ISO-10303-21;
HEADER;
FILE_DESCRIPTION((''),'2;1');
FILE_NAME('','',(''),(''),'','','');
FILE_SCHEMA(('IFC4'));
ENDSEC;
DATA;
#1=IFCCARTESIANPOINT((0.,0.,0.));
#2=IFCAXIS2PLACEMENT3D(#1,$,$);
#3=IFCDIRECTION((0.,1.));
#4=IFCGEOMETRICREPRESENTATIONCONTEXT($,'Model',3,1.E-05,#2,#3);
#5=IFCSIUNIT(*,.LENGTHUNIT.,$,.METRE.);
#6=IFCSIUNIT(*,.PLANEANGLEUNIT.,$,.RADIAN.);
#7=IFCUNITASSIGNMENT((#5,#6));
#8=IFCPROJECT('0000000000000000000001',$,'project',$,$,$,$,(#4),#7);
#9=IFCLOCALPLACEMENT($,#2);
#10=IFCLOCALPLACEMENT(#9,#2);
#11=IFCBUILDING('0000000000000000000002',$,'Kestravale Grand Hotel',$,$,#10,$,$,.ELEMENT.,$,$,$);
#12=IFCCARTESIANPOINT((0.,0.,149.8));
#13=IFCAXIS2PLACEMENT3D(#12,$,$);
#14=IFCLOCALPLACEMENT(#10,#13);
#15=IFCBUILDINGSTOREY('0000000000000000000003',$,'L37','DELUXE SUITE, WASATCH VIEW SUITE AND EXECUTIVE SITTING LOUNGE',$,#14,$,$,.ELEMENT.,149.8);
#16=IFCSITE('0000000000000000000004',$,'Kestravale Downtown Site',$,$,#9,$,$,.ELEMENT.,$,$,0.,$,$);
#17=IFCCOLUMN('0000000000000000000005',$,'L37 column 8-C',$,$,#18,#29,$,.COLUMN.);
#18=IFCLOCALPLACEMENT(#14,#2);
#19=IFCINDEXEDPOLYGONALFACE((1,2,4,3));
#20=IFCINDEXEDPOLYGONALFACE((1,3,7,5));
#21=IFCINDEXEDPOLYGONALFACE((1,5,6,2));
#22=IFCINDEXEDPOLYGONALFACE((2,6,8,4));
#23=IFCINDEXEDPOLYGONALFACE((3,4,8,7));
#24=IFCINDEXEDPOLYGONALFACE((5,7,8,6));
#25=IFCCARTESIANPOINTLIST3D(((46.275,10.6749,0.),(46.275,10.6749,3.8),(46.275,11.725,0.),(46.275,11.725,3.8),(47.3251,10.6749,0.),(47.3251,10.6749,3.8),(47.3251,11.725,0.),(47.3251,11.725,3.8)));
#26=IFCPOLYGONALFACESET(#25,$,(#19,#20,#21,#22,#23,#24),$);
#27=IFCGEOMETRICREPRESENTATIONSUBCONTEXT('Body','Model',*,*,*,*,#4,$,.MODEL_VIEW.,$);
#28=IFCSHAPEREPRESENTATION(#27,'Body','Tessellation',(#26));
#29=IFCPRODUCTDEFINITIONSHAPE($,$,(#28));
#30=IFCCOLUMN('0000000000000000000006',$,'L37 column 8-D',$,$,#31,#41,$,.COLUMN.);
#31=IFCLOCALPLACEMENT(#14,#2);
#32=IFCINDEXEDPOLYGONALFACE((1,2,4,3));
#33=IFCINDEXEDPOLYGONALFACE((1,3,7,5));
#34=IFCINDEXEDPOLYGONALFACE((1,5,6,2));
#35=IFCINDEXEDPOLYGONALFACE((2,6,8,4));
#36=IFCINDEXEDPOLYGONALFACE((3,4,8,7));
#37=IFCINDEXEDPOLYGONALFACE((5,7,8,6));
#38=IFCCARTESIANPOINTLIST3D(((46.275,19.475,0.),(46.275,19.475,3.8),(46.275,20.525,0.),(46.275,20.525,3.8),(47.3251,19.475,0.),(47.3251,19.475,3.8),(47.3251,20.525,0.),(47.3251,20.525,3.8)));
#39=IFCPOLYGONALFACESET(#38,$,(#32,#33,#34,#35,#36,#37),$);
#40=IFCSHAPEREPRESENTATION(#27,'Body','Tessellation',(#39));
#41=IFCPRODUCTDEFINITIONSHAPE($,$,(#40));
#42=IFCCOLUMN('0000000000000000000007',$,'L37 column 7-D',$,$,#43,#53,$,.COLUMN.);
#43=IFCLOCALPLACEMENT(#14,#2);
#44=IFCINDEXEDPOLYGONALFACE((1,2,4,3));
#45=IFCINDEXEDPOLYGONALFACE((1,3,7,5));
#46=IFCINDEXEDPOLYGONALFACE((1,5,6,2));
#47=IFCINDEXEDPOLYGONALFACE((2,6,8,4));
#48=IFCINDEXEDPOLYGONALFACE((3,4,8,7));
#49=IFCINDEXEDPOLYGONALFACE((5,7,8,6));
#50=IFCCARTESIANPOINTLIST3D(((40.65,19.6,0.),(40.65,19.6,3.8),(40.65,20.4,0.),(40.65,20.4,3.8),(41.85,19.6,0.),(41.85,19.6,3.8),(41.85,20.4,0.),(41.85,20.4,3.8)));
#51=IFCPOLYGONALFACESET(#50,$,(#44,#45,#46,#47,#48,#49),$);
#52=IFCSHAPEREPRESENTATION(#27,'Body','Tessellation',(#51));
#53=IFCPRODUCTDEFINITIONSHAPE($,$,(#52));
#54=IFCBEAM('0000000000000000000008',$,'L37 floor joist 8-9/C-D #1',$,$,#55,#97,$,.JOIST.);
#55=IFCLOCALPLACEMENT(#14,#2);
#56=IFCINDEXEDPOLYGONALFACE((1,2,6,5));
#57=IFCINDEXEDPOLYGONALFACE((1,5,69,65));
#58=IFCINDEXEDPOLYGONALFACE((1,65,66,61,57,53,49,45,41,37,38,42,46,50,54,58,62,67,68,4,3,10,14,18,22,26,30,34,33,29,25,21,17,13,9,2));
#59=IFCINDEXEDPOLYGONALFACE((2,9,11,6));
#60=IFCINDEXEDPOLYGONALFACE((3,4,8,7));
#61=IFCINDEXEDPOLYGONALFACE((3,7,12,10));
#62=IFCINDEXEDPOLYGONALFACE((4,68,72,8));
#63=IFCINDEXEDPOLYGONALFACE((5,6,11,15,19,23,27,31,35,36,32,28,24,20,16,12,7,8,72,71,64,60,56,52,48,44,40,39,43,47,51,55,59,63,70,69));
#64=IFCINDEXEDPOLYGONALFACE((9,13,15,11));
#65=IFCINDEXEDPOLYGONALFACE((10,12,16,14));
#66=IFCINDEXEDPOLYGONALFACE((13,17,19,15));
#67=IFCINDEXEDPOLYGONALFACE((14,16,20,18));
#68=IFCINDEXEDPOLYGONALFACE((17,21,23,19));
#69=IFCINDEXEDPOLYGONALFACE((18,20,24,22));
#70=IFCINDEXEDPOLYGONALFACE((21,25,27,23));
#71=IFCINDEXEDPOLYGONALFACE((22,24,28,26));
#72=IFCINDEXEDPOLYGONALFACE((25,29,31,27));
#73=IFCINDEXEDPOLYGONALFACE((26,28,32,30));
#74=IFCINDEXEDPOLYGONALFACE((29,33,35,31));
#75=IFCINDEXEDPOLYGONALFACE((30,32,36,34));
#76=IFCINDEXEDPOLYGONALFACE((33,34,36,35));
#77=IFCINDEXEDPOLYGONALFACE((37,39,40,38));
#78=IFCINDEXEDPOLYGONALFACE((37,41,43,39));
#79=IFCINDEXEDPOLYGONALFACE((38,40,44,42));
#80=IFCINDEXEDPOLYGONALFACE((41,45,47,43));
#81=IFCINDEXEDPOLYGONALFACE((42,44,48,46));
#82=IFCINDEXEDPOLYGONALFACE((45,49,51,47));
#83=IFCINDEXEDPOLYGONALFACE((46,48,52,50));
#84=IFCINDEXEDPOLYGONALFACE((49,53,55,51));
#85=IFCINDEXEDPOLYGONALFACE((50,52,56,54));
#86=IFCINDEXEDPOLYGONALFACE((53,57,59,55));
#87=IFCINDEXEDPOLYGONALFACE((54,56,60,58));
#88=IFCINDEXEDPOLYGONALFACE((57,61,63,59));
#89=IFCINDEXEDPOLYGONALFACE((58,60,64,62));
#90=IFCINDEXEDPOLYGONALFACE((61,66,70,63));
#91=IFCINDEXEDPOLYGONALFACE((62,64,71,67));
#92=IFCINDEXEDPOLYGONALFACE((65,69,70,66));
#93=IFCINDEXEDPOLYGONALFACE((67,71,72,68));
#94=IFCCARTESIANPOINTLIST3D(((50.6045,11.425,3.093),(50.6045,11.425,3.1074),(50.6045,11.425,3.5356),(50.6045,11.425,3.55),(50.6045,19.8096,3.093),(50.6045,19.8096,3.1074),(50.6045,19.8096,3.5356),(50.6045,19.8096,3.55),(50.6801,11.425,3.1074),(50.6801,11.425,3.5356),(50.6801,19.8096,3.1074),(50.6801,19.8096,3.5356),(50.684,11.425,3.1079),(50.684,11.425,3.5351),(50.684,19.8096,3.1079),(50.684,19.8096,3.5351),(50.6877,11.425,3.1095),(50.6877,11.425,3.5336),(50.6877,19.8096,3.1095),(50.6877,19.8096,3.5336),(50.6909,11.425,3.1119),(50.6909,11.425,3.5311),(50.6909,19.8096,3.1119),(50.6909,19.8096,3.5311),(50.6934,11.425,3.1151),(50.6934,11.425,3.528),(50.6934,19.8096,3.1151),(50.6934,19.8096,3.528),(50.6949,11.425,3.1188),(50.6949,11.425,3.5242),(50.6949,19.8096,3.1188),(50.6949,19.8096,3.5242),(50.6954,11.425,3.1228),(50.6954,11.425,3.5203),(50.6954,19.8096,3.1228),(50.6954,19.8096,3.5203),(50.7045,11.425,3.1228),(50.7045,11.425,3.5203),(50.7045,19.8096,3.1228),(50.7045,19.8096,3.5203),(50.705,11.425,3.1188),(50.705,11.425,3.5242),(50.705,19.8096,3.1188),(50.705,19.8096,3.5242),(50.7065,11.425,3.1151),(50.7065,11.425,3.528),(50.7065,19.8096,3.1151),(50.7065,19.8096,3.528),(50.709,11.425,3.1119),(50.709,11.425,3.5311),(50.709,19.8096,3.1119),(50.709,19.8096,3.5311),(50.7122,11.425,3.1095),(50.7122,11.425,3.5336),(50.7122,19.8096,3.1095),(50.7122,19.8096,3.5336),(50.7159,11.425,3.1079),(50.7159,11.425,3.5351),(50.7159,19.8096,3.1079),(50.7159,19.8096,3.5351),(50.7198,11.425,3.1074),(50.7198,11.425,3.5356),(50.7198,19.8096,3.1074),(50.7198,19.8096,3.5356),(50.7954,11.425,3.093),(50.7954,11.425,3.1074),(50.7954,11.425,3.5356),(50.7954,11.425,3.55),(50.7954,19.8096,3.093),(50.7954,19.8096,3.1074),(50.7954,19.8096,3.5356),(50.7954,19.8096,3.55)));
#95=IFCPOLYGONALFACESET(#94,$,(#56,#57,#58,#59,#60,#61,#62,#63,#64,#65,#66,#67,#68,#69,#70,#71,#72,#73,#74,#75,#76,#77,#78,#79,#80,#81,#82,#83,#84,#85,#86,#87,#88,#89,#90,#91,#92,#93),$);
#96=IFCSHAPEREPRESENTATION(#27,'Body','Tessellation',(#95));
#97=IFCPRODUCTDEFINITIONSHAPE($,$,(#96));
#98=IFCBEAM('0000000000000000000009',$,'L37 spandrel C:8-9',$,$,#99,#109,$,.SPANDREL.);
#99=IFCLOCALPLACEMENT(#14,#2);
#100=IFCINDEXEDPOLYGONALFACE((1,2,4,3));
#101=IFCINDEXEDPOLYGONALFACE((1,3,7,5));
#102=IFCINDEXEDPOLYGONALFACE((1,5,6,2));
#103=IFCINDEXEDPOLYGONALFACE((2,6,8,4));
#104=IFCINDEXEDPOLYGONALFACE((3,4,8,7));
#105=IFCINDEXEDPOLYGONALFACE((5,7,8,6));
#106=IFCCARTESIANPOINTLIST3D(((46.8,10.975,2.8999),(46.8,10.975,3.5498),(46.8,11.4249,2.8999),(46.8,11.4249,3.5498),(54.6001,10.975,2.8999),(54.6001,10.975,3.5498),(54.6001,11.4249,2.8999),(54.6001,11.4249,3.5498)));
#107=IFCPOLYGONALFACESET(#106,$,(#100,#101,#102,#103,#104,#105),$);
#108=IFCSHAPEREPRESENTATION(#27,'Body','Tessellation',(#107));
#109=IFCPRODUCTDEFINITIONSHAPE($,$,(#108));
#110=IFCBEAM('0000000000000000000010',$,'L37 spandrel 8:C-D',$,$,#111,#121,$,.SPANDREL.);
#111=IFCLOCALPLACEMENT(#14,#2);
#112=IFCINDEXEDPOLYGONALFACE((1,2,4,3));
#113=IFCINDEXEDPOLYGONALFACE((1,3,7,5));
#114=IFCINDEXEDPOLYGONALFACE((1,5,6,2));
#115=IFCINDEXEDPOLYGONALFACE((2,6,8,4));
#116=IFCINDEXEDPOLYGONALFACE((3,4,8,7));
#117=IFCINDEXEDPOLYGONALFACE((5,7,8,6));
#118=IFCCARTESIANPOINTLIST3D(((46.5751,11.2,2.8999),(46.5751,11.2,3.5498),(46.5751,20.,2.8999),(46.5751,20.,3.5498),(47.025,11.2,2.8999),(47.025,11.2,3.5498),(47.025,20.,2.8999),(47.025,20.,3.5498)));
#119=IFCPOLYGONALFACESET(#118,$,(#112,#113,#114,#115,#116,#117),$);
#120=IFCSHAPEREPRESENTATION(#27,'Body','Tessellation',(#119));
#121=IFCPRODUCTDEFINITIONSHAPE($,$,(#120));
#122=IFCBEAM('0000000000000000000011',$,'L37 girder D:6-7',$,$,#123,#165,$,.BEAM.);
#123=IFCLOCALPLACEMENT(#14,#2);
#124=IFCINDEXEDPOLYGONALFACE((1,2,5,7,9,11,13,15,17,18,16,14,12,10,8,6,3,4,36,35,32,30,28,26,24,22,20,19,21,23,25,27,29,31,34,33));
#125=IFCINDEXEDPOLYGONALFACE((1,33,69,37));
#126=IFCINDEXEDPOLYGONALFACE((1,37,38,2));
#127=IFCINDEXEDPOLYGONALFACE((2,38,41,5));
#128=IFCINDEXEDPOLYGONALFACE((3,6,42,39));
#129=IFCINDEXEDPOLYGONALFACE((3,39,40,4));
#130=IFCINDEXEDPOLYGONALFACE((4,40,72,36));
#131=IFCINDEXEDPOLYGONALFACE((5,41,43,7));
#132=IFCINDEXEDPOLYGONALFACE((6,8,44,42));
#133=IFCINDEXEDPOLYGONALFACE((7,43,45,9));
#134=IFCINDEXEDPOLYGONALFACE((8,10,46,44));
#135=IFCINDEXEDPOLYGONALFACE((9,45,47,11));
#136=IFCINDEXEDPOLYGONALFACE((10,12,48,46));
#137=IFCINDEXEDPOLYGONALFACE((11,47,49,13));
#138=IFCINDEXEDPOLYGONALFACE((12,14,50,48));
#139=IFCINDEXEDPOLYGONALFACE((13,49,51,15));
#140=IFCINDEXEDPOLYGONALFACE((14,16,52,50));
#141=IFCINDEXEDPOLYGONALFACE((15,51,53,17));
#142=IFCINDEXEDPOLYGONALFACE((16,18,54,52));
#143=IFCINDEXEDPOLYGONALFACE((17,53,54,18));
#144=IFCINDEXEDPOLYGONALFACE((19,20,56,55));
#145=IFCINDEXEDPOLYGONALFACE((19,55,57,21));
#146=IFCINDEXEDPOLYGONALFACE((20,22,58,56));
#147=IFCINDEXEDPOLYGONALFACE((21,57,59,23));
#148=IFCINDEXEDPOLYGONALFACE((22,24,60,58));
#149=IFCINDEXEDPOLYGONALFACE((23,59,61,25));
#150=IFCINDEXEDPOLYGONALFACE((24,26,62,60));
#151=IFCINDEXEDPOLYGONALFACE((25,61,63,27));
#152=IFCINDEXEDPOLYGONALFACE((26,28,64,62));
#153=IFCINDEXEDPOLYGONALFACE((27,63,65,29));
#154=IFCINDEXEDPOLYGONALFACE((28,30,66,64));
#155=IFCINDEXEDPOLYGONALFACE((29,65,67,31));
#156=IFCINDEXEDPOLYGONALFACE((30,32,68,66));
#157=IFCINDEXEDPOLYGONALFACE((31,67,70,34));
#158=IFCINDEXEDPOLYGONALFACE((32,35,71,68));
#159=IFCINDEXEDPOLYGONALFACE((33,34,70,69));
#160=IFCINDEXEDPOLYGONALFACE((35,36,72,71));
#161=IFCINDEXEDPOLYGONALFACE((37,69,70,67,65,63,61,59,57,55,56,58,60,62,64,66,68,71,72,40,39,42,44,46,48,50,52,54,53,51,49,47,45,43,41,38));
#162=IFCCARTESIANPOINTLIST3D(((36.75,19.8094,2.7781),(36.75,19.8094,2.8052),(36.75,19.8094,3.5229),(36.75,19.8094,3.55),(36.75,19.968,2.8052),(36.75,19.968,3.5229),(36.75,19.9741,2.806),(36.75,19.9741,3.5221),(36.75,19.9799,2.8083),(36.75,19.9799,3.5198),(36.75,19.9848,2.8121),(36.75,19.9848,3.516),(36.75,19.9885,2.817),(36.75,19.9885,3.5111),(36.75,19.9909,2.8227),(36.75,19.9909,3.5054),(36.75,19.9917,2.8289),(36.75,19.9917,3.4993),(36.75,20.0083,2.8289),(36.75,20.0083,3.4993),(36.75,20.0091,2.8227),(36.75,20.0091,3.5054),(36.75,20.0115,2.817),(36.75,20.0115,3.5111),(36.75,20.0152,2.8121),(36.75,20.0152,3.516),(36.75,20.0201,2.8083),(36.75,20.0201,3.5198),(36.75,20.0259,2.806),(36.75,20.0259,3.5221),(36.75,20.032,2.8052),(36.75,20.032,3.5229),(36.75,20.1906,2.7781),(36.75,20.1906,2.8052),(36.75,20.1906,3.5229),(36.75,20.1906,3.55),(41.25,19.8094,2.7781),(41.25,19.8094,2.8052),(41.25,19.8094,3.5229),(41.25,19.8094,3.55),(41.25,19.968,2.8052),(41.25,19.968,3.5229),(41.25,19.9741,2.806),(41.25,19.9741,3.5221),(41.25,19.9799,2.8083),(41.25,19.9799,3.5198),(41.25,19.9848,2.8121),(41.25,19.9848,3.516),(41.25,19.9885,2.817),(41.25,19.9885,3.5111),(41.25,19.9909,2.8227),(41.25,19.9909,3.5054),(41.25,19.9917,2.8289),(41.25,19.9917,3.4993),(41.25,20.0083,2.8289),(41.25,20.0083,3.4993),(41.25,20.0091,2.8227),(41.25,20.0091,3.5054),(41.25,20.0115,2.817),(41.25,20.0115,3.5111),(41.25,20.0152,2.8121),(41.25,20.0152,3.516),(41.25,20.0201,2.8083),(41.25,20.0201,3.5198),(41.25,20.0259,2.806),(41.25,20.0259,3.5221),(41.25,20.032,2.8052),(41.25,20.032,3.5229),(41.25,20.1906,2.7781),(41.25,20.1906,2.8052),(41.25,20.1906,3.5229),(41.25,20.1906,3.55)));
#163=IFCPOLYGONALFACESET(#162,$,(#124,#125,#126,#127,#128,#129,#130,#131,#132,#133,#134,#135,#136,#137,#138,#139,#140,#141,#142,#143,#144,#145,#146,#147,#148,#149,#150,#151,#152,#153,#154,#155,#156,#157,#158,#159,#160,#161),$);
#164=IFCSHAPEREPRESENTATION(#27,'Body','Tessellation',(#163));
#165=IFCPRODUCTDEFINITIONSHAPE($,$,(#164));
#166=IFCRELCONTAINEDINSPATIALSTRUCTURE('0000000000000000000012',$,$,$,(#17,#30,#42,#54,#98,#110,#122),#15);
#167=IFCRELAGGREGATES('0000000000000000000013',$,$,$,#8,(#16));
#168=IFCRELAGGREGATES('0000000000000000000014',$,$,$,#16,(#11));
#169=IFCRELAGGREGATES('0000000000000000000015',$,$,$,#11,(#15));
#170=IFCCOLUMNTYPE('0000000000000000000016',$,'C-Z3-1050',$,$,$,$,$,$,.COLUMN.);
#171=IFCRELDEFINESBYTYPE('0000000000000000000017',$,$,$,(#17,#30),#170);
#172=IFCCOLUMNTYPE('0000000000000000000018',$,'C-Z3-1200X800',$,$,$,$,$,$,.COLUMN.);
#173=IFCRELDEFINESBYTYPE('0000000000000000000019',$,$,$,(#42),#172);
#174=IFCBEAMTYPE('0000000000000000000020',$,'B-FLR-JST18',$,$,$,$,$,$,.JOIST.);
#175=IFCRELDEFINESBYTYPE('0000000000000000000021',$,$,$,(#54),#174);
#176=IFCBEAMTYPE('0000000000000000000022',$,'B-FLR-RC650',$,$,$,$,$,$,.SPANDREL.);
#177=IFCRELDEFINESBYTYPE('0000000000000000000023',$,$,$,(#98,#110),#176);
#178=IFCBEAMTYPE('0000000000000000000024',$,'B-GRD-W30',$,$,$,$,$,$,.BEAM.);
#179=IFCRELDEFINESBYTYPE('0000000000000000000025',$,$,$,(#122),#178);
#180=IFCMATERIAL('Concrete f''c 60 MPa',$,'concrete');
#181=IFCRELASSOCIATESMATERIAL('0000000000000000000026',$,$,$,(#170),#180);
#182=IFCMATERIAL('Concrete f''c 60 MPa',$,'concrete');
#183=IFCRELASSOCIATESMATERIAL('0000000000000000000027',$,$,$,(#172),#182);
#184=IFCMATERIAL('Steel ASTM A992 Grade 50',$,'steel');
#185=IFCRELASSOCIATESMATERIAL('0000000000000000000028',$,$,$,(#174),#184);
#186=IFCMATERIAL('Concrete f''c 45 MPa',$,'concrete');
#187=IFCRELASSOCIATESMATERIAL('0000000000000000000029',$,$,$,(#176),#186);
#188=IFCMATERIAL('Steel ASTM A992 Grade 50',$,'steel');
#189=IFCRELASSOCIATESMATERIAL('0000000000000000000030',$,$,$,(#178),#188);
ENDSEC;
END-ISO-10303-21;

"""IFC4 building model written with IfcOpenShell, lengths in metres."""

from ifc_helpers import new_model, si_unit, direction, frame, origin, origin_2d, place, context, subcontext, project, spatial, rectangle, i_section, extrude, material, material_profile, profile_set, type_object, element, save


model = new_model("IFC4")

# Units and contexts
model_context = context("Model", 3, precision=1e-05, world=origin(), true_north=direction((0.0, 1.0)))
body_context = subcontext(model_context, "Body", "Model", "MODEL_VIEW")
ifc_project = project(units=[si_unit("LENGTHUNIT", "METRE"), si_unit("PLANEANGLEUNIT", "RADIAN")], contexts=[model_context])

# Site, building, storey
site_placement = place(None, origin())
site = spatial("IfcSite", under=ifc_project, at=site_placement, Name="Kestravale Downtown Site", CompositionType="ELEMENT", RefElevation=0.0)
building_placement = place(site_placement, origin())
building = spatial("IfcBuilding", under=site, at=building_placement, Name="Kestravale Grand Hotel", CompositionType="ELEMENT")
storey_placement = place(building_placement, frame((0.0, 0.0, 149.8)))
storey = spatial("IfcBuildingStorey", under=building, at=storey_placement, Name="L37", Description="DELUXE SUITE, WASATCH VIEW SUITE AND EXECUTIVE SITTING LOUNGE", CompositionType="ELEMENT", Elevation=149.8)

# Columns
ifc_material_1 = material(Name="Concrete f'c 60 MPa", Category="concrete")
ifc_material_profile_1 = material_profile(ifc_material_1, rectangle(XDim=1.05, YDim=1.05, at=origin_2d()))
ifc_profile_set_1 = profile_set([ifc_material_profile_1], Name="Concrete f'c 60 MPa")
column_type_1 = type_object("IfcColumnType", Name="C-Z3-1050", PredefinedType="COLUMN", material=ifc_profile_set_1)
for number, where, z_axis, x_axis, name in (
    (1, (46.8, 11.2, 0.0), (0.0, 0.0, 1.0), (1.0, 0.0, 0.0), "L37 column 8-C"),
    (2, (46.8, 20.0, 0.0), (0.0, 0.0, 1.0), (1.0, 0.0, 0.0), "L37 column 8-D"),
):
    element("IfcColumn", number, at=place(storey_placement, frame(where, z_axis=z_axis, x_axis=x_axis)), inside=storey, type_object=column_type_1, Name=name, PredefinedType="COLUMN", context=body_context, shape_type="SweptSolid", body=[
        extrude(rectangle(XDim=1.05, YDim=1.05, at=origin_2d()), origin(), (0.0, 0.0, 1.0), 3.8),
    ])
ifc_material_2 = material(Name="Concrete f'c 60 MPa", Category="concrete")
ifc_material_profile_2 = material_profile(ifc_material_2, rectangle(XDim=1.2, YDim=0.8, at=origin_2d()))
ifc_profile_set_2 = profile_set([ifc_material_profile_2], Name="Concrete f'c 60 MPa")
column_type_2 = type_object("IfcColumnType", Name="C-Z3-1200X800", PredefinedType="COLUMN", material=ifc_profile_set_2)
column_placement = place(storey_placement, frame((41.25, 20.0, 0.0), z_axis=(0.0, 0.0, 1.0), x_axis=(1.0, 0.0, 0.0)))
element("IfcColumn", 3, at=column_placement, inside=storey, type_object=column_type_2, Name="L37 column 7-D", PredefinedType="COLUMN", context=body_context, shape_type="SweptSolid", body=[
    extrude(rectangle(XDim=1.2, YDim=0.8, at=origin_2d()), origin(), (0.0, 0.0, 1.0), 3.8),
])

# Beams
ifc_material_3 = material(Name="Steel ASTM A992 Grade 50", Category="steel")
ifc_material_profile_3 = material_profile(ifc_material_3, i_section(OverallWidth=0.1909, OverallDepth=0.457, WebThickness=0.009, FlangeThickness=0.0144, FilletRadius=0.0154, at=origin_2d()))
ifc_profile_set_3 = profile_set([ifc_material_profile_3], Name="Steel ASTM A992 Grade 50")
beam_type_1 = type_object("IfcBeamType", Name="B-FLR-JST18", PredefinedType="JOIST", material=ifc_profile_set_3)
beam_1_placement = place(storey_placement, frame((50.7, 11.425, 3.3215), z_axis=(0.0, 1.0, 0.0), x_axis=(-1.0, 0.0, 0.0)))
element("IfcBeam", 4, at=beam_1_placement, inside=storey, type_object=beam_type_1, Name="L37 floor joist 8-9/C-D #1", PredefinedType="JOIST", context=body_context, shape_type="SweptSolid", body=[
    extrude(i_section(OverallWidth=0.1909, OverallDepth=0.457, WebThickness=0.009, FlangeThickness=0.0144, FilletRadius=0.0154, at=origin_2d()), origin(), (0.0, 0.0, 1.0), 8.3845),
])
ifc_material_4 = material(Name="Concrete f'c 45 MPa", Category="concrete")
ifc_material_profile_4 = material_profile(ifc_material_4, rectangle(XDim=0.45, YDim=0.6499, at=origin_2d()))
ifc_profile_set_4 = profile_set([ifc_material_profile_4], Name="Concrete f'c 45 MPa")
beam_type_2 = type_object("IfcBeamType", Name="B-FLR-RC650", PredefinedType="SPANDREL", material=ifc_profile_set_4)
beam_2_placement = place(storey_placement, frame((46.8, 11.2, 3.2249), z_axis=(1.0, 0.0, 0.0), x_axis=(0.0, 1.0, 0.0)))
element("IfcBeam", 5, at=beam_2_placement, inside=storey, type_object=beam_type_2, Name="L37 spandrel C:8-9", PredefinedType="SPANDREL", context=body_context, shape_type="SweptSolid", body=[
    extrude(rectangle(XDim=0.45, YDim=0.6499, at=origin_2d()), origin(), (0.0, 0.0, 1.0), 7.8),
])
beam_3_placement = place(storey_placement, frame((46.8, 11.2, 3.2249), z_axis=(0.0, 1.0, 0.0), x_axis=(-1.0, 0.0, 0.0)))
element("IfcBeam", 6, at=beam_3_placement, inside=storey, type_object=beam_type_2, Name="L37 spandrel 8:C-D", PredefinedType="SPANDREL", context=body_context, shape_type="SweptSolid", body=[
    extrude(rectangle(XDim=0.45, YDim=0.6499, at=origin_2d()), origin(), (0.0, 0.0, 1.0), 8.8),
])
ifc_material_5 = material(Name="Steel ASTM A992 Grade 50", Category="steel")
ifc_material_profile_5 = material_profile(ifc_material_5, i_section(OverallWidth=0.3811, OverallDepth=0.772, WebThickness=0.0166, FlangeThickness=0.0271, FilletRadius=0.0237, at=origin_2d()))
ifc_profile_set_5 = profile_set([ifc_material_profile_5], Name="Steel ASTM A992 Grade 50")
beam_type_3 = type_object("IfcBeamType", Name="B-GRD-W30", PredefinedType="BEAM", material=ifc_profile_set_5)
beam_4_placement = place(storey_placement, frame((36.75, 20.0, 3.1641), z_axis=(1.0, 0.0, 0.0), x_axis=(0.0, 1.0, 0.0)))
element("IfcBeam", 7, at=beam_4_placement, inside=storey, type_object=beam_type_3, Name="L37 girder D:6-7", PredefinedType="BEAM", context=body_context, shape_type="SweptSolid", body=[
    extrude(i_section(OverallWidth=0.3811, OverallDepth=0.772, WebThickness=0.0166, FlangeThickness=0.0271, FilletRadius=0.0237, at=origin_2d()), origin(), (0.0, 0.0, 1.0), 4.5),
])

save(model, "model.ifc")
